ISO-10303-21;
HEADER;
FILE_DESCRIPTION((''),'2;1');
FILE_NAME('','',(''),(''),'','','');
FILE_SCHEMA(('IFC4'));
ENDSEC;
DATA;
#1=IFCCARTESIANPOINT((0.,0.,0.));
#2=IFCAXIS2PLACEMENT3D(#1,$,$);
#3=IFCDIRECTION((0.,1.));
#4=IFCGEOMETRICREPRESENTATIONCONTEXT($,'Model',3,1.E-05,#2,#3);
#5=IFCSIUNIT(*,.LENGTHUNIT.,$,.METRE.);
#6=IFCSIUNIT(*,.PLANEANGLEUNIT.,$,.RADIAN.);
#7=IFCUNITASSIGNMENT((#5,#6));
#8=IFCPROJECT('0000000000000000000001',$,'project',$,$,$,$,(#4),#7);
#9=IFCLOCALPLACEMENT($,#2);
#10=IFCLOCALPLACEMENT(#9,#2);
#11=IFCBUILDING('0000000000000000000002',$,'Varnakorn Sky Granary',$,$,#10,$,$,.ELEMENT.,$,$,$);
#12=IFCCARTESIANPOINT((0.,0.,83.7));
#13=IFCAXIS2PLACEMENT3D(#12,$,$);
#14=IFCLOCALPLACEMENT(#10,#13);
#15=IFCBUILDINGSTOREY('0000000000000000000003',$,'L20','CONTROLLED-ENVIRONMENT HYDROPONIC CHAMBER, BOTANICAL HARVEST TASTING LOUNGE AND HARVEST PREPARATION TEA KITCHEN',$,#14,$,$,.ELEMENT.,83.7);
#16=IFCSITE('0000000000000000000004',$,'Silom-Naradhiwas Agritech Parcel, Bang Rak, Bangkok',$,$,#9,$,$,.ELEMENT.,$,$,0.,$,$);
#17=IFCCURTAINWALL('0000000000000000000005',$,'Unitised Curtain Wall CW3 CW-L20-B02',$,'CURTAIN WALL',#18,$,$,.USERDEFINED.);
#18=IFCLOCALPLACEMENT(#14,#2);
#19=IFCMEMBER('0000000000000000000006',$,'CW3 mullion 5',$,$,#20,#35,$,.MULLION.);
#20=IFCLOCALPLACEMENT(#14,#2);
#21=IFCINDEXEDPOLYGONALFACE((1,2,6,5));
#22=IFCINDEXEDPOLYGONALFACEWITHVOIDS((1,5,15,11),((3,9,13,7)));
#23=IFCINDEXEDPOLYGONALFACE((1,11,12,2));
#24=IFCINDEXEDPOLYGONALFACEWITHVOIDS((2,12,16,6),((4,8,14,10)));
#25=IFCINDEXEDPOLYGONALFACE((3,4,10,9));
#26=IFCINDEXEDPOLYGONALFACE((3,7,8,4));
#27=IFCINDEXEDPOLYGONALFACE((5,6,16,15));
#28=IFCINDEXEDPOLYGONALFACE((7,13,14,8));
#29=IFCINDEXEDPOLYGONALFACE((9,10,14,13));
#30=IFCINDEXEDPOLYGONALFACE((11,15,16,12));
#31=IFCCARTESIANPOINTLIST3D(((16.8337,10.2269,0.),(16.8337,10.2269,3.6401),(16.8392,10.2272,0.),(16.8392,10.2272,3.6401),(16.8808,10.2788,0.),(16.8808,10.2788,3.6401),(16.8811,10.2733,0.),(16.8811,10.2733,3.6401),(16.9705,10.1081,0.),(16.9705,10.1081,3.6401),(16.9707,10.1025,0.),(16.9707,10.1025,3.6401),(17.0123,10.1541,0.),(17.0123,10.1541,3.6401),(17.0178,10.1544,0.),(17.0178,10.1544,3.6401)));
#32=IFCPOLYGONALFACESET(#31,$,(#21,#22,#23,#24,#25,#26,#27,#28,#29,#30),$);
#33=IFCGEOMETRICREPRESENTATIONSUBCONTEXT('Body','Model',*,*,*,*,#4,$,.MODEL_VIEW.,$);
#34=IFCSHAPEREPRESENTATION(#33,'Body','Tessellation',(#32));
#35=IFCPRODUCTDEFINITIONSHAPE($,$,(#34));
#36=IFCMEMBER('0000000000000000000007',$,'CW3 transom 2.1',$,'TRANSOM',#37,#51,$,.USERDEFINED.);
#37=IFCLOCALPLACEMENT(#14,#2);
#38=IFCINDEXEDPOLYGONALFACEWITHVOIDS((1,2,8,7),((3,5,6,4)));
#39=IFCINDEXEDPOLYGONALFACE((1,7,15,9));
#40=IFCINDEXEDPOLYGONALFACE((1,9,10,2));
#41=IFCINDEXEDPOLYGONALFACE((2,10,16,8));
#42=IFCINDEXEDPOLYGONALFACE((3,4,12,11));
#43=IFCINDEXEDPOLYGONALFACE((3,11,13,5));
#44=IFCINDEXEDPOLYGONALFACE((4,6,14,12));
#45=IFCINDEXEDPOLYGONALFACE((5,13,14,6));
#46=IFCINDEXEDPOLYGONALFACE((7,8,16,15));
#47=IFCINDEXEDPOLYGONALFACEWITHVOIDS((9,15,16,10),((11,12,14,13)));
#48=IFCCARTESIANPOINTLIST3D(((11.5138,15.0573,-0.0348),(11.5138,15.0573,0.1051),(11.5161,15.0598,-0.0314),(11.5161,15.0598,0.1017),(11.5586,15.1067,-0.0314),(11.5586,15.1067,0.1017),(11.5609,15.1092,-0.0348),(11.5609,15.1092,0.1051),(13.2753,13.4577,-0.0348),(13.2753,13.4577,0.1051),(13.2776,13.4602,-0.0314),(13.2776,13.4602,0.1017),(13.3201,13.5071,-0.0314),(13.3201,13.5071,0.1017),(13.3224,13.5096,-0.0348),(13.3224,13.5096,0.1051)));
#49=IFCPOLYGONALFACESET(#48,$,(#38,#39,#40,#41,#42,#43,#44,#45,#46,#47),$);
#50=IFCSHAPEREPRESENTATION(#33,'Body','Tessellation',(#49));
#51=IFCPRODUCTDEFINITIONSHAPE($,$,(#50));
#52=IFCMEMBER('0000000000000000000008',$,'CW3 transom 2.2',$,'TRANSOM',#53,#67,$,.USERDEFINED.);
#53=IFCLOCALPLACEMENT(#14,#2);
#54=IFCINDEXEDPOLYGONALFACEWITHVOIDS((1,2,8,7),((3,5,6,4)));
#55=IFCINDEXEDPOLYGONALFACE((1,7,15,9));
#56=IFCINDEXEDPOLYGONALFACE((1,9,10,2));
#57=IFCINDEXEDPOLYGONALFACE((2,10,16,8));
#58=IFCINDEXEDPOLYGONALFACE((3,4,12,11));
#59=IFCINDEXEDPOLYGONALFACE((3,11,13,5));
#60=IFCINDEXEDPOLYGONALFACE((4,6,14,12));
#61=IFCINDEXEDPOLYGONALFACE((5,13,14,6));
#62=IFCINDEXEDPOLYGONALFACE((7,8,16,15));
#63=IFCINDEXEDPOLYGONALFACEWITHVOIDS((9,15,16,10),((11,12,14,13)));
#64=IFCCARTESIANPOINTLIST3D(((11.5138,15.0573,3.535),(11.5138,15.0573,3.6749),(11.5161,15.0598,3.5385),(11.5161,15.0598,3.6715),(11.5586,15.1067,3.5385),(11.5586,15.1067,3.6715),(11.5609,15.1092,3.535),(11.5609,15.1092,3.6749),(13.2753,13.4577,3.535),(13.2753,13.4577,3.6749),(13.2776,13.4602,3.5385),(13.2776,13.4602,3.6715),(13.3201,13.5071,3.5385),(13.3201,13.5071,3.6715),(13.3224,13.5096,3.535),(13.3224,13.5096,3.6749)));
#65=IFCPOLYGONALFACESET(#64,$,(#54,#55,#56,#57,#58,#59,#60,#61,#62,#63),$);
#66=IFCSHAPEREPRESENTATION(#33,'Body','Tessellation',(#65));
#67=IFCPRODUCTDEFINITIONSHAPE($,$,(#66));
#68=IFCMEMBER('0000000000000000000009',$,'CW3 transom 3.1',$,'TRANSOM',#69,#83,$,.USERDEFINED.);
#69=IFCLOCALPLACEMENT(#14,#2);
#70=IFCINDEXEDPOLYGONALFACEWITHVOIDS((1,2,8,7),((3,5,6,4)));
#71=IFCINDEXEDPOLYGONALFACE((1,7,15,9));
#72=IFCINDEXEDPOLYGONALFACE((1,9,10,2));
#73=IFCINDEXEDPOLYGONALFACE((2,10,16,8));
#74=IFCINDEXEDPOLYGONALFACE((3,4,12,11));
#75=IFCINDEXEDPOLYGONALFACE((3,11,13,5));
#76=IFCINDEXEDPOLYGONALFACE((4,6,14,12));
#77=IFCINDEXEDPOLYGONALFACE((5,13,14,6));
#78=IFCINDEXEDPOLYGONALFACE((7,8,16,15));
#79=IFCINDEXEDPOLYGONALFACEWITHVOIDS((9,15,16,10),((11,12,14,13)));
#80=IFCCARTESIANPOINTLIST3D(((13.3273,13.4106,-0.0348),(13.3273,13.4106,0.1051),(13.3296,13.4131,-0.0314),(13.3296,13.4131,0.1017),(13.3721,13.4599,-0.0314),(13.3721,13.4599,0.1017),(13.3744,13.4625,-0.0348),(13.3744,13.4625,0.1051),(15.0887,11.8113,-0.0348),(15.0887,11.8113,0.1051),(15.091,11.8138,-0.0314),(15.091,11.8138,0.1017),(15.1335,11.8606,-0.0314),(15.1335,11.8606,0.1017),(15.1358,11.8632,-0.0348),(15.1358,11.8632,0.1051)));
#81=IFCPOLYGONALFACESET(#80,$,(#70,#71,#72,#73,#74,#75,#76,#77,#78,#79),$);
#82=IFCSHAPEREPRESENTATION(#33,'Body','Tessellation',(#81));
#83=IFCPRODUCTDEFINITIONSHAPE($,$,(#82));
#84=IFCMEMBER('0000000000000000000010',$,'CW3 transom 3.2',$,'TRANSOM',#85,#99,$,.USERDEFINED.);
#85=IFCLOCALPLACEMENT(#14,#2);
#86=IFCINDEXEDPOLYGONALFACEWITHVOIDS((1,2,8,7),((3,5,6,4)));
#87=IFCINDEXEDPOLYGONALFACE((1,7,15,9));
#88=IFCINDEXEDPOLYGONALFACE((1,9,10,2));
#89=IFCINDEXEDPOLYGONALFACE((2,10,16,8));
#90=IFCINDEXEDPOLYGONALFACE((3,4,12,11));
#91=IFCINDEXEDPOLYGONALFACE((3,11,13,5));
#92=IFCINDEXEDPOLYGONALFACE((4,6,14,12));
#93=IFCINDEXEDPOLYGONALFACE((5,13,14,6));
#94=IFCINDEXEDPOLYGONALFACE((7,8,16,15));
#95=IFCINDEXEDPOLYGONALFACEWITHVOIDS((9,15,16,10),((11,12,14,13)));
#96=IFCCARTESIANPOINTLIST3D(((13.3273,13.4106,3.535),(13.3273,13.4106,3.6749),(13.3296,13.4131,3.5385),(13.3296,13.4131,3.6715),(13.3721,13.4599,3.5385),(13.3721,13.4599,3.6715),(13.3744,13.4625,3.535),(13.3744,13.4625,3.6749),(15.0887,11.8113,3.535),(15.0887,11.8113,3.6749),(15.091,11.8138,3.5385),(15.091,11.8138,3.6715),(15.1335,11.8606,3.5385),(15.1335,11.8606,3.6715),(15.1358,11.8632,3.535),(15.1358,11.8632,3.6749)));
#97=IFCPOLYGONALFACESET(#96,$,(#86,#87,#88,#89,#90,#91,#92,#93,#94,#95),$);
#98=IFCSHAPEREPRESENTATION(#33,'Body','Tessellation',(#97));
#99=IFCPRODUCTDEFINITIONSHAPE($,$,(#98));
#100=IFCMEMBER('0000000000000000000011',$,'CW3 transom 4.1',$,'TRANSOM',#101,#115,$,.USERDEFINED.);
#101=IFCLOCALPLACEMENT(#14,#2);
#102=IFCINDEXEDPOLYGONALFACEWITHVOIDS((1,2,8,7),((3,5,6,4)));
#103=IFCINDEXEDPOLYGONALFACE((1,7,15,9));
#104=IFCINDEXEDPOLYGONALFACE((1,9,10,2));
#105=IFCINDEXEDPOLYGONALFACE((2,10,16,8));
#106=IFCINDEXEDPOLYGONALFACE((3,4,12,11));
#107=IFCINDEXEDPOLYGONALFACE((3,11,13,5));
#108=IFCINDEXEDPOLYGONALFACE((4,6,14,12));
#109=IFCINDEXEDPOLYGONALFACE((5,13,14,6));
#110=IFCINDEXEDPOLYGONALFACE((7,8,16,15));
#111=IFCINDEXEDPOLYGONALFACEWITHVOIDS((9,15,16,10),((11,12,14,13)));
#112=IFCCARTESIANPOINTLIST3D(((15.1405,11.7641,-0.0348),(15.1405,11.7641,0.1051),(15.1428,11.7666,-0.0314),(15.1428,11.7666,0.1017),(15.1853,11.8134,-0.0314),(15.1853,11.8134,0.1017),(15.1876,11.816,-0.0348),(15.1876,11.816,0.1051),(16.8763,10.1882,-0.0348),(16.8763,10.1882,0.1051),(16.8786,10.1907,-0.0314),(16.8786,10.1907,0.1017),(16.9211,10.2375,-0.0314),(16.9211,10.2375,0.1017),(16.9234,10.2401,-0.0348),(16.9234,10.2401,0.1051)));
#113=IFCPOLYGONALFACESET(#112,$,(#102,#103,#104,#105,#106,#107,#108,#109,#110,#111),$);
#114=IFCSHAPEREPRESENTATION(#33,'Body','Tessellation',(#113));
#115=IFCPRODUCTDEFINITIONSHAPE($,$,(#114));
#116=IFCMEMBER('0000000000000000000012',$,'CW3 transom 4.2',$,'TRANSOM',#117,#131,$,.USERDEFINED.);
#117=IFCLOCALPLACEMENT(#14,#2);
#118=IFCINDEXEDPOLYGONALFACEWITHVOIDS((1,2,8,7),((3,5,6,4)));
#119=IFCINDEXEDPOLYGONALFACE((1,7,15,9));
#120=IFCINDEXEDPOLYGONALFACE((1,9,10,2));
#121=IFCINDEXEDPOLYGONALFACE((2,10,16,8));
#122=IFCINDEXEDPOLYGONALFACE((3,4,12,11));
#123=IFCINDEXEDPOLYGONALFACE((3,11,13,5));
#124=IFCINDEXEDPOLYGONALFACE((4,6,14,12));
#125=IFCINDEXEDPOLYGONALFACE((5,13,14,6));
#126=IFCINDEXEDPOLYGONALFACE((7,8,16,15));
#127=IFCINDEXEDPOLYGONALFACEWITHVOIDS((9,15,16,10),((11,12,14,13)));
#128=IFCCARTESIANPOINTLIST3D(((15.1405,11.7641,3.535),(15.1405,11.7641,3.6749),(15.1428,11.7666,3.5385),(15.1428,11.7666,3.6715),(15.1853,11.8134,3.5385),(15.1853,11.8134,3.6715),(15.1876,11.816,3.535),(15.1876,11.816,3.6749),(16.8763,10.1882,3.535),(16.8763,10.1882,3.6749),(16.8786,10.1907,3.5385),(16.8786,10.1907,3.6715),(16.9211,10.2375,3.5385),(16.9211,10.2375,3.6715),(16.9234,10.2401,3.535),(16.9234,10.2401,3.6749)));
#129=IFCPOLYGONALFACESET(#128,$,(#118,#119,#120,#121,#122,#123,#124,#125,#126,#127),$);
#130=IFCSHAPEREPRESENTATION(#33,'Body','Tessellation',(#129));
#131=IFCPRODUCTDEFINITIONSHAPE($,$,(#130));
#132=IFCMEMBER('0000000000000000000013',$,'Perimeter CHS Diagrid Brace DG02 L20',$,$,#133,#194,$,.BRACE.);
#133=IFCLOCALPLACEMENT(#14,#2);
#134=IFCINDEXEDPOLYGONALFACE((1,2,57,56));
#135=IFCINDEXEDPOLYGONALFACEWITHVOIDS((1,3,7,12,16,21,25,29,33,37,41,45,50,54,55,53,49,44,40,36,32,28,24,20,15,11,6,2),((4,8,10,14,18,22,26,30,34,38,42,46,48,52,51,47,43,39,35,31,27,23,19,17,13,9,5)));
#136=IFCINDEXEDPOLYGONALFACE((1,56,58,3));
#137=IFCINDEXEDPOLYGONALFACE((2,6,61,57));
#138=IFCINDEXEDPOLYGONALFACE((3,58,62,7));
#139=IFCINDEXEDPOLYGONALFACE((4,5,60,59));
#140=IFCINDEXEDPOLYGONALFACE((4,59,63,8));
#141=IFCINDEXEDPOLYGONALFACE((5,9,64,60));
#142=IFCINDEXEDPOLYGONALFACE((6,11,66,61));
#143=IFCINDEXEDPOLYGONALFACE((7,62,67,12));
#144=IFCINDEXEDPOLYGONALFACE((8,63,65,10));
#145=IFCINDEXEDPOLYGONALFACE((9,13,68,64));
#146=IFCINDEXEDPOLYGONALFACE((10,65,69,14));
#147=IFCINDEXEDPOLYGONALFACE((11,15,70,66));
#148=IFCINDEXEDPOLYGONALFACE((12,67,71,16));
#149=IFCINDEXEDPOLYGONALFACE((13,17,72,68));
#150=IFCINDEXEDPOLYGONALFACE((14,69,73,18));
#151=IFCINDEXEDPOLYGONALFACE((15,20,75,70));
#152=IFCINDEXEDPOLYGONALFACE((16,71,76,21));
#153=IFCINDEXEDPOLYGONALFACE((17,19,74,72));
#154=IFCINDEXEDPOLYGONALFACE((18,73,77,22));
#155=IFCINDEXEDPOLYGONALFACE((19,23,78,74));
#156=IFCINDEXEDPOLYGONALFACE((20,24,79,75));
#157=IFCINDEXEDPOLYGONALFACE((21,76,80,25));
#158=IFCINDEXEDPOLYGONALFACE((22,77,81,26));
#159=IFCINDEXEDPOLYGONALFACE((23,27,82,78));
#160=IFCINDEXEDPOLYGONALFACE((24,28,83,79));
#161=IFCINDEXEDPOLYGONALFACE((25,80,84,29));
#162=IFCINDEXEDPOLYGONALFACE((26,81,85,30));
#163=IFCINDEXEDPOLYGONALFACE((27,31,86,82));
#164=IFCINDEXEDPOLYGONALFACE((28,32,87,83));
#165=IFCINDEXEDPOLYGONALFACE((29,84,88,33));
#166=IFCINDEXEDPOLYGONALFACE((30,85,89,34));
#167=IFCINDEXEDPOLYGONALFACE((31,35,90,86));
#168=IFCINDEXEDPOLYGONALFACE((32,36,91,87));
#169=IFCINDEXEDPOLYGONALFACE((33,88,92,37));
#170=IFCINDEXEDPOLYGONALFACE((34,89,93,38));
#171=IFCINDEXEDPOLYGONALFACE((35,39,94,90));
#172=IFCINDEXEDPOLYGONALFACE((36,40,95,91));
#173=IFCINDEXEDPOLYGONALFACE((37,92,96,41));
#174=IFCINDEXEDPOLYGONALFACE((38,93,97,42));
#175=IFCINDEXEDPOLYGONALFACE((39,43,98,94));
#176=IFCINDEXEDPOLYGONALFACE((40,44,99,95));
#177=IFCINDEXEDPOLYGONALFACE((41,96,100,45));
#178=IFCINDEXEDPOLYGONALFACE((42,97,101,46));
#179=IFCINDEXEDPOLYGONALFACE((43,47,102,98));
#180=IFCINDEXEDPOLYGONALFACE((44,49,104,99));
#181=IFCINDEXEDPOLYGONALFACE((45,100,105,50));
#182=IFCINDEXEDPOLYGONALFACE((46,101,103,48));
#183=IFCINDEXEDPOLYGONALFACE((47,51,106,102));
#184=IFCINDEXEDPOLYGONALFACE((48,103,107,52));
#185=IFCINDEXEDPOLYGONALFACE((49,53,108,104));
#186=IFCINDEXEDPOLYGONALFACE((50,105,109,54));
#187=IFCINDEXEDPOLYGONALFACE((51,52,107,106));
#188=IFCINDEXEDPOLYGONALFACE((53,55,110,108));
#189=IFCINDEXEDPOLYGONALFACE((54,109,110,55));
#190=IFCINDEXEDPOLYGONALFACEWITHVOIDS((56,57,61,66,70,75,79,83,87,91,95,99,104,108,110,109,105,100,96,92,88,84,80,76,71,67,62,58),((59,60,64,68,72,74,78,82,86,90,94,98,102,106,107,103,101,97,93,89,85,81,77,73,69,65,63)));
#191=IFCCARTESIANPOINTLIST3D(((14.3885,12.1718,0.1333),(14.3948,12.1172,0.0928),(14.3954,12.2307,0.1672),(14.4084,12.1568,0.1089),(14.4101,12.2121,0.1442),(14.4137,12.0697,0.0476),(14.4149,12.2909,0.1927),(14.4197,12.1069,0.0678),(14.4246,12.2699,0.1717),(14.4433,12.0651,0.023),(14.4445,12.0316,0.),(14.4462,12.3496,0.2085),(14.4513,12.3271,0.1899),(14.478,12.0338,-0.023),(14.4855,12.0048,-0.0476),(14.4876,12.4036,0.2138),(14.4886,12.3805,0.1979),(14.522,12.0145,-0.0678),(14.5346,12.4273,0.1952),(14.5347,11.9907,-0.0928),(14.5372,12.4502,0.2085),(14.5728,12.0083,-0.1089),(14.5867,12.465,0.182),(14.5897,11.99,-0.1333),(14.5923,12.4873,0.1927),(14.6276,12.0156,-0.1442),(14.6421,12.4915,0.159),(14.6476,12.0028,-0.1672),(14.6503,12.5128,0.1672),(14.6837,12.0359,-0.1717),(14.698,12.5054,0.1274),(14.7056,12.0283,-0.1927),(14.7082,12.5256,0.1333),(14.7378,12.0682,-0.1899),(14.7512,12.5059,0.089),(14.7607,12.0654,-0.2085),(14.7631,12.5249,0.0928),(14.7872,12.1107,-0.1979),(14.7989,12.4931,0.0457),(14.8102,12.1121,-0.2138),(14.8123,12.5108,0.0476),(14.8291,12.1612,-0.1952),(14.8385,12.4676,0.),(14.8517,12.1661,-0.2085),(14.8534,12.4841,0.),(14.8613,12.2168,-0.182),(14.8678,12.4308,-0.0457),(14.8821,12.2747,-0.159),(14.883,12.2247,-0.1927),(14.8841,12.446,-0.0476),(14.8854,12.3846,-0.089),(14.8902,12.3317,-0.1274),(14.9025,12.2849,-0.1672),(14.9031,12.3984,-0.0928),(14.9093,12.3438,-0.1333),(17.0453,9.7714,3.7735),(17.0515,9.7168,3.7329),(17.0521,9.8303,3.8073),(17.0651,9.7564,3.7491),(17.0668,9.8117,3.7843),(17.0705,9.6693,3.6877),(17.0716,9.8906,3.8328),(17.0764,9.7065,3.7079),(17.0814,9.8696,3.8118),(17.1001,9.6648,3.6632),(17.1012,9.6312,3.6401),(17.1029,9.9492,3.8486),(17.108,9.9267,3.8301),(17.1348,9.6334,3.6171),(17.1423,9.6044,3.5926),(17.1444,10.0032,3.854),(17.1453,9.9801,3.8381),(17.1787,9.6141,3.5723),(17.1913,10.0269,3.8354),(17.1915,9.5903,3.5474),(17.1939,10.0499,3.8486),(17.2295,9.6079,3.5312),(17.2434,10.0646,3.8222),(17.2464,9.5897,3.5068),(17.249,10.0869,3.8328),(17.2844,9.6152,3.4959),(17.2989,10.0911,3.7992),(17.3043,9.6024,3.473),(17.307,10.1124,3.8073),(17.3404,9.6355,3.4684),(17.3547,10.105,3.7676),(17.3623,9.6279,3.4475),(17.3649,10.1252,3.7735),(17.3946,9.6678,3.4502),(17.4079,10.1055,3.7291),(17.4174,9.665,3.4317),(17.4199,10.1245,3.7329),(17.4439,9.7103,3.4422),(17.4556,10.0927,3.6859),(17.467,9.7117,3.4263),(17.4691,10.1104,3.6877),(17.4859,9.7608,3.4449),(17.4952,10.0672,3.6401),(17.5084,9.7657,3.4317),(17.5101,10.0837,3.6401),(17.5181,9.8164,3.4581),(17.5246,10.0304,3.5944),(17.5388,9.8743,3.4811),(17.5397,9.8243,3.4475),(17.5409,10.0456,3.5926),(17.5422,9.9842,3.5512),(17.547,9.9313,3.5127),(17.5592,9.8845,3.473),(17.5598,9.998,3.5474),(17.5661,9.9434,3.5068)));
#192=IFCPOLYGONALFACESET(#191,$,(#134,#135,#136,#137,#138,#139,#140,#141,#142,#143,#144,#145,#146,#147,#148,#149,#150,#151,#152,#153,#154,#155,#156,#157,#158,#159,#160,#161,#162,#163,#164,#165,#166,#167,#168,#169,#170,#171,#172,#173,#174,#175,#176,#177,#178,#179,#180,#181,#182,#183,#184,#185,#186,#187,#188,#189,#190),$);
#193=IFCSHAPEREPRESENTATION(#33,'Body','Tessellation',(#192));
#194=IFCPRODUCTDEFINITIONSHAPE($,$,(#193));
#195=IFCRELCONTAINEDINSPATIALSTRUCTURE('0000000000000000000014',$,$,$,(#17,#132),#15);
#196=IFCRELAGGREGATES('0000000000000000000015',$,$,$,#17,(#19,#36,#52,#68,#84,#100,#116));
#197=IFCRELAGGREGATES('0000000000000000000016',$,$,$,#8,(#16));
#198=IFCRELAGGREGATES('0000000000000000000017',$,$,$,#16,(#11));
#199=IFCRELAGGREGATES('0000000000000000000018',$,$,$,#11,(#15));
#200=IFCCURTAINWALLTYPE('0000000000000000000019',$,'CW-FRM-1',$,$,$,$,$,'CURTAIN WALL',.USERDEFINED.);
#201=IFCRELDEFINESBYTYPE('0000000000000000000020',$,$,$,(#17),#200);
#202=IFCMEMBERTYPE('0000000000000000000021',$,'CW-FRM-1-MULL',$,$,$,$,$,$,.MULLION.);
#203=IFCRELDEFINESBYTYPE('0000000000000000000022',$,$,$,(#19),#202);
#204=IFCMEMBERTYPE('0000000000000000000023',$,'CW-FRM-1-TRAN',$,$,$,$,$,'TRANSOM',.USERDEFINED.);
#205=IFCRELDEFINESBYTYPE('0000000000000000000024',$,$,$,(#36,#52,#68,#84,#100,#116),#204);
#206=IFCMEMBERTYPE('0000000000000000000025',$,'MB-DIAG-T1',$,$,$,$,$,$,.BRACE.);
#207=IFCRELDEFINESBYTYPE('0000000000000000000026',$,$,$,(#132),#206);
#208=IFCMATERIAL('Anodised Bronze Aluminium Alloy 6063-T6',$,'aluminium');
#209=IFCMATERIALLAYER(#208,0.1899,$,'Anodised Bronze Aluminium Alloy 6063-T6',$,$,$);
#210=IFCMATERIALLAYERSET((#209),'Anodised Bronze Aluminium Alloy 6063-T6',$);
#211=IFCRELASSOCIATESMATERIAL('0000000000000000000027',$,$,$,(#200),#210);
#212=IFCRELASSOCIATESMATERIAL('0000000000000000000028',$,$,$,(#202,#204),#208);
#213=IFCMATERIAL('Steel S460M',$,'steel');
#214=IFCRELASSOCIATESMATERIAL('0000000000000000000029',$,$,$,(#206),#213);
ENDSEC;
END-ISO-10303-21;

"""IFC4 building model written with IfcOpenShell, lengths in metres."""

from ifc_helpers import new_model, si_unit, direction, frame, origin, origin_2d, place, context, subcontext, project, spatial, hollow_rectangle, hollow_circle, extrude, material, layer, layer_set, material_profile, profile_set, type_object, element, aggregate, save


model = new_model("IFC4")

# Units and contexts
model_context = context("Model", 3, precision=1e-05, world=origin(), true_north=direction((0.0, 1.0)))
body_context = subcontext(model_context, "Body", "Model", "MODEL_VIEW")
ifc_project = project(units=[si_unit("LENGTHUNIT", "METRE"), si_unit("PLANEANGLEUNIT", "RADIAN")], contexts=[model_context])

# Site, building, storey
site_placement = place(None, origin())
site = spatial("IfcSite", under=ifc_project, at=site_placement, Name="Silom-Naradhiwas Agritech Parcel, Bang Rak, Bangkok", CompositionType="ELEMENT", RefElevation=0.0)
building_placement = place(site_placement, origin())
building = spatial("IfcBuilding", under=site, at=building_placement, Name="Varnakorn Sky Granary", CompositionType="ELEMENT")
storey_placement = place(building_placement, frame((0.0, 0.0, 83.7)))
storey = spatial("IfcBuildingStorey", under=building, at=storey_placement, Name="L20", Description="CONTROLLED-ENVIRONMENT HYDROPONIC CHAMBER, BOTANICAL HARVEST TASTING LOUNGE AND HARVEST PREPARATION TEA KITCHEN", CompositionType="ELEMENT", Elevation=83.7)

# Shared definitions
ifc_material_1 = material(Name="Steel S460M", Category="steel")

# Curtain wall, members
ifc_material_2 = material(Name="Anodised Bronze Aluminium Alloy 6063-T6", Category="aluminium")
ifc_layer_1 = layer(ifc_material_2, 0.1899, Name="Anodised Bronze Aluminium Alloy 6063-T6")
ifc_layer_set_1 = layer_set([ifc_layer_1], Name="Anodised Bronze Aluminium Alloy 6063-T6")
curtain_wall_type = type_object("IfcCurtainWallType", Name="CW-FRM-1", ElementType="CURTAIN WALL", PredefinedType="USERDEFINED", material=ifc_layer_set_1)
curtain_wall_placement = place(storey_placement, origin())
curtain_wall = element("IfcCurtainWall", 1, at=curtain_wall_placement, inside=storey, type_object=curtain_wall_type, Name="Unitised Curtain Wall CW3 CW-L20-B02", ObjectType="CURTAIN WALL", PredefinedType="USERDEFINED")
ifc_material_profile_1 = material_profile(ifc_material_2, hollow_rectangle(XDim=0.0701, YDim=0.1851, WallThickness=0.0039, at=origin_2d()), Name="ALU MULL 70x185")
ifc_profile_set_1 = profile_set([ifc_material_profile_1], Name="Anodised Bronze Aluminium Alloy 6063-T6")
member_type_1 = type_object("IfcMemberType", Name="CW-FRM-1-MULL", PredefinedType="MULLION", material=ifc_profile_set_1)
member_1_placement = place(storey_placement, frame((16.9258, 10.1907, 0.0), z_axis=(0.0, 0.0, 1.0), x_axis=(0.672211, 0.74036, 0.0)))
member_1 = element("IfcMember", 2, at=member_1_placement, type_object=member_type_1, Name="CW3 mullion 5", PredefinedType="MULLION", context=body_context, shape_type="SweptSolid", body=[
    extrude(hollow_rectangle(XDim=0.0701, YDim=0.1851, WallThickness=0.0039, at=origin_2d()), origin(), (0.0, 0.0, 1.0), 3.6401),
])
ifc_material_profile_2 = material_profile(ifc_material_2, hollow_rectangle(XDim=0.0701, YDim=0.1399, WallThickness=0.0034, at=origin_2d()), Name="ALU TRAN 70x140")
ifc_profile_set_2 = profile_set([ifc_material_profile_2], Name="Anodised Bronze Aluminium Alloy 6063-T6")
member_type_2 = type_object("IfcMemberType", Name="CW-FRM-1-TRAN", ElementType="TRANSOM", PredefinedType="USERDEFINED", material=ifc_profile_set_2)
member_2_placement = place(storey_placement, frame((11.5374, 15.0833, 0.0352), z_axis=(0.740302, -0.672274, 0.0), x_axis=(0.672274, 0.740302, 0.0)))
member_2 = element("IfcMember", 3, at=member_2_placement, type_object=member_type_2, Name="CW3 transom 2.1", ObjectType="TRANSOM", PredefinedType="USERDEFINED", context=body_context, shape_type="SweptSolid", body=[
    extrude(hollow_rectangle(XDim=0.0701, YDim=0.1399, WallThickness=0.0034, at=origin_2d()), origin(), (0.0, 0.0, 1.0), 2.3794),
])
member_3_placement = place(storey_placement, frame((11.5374, 15.0833, 3.605), z_axis=(0.740302, -0.672274, 0.0), x_axis=(0.672274, 0.740302, 0.0)))
member_3 = element("IfcMember", 4, at=member_3_placement, type_object=member_type_2, Name="CW3 transom 2.2", ObjectType="TRANSOM", PredefinedType="USERDEFINED", context=body_context, shape_type="SweptSolid", body=[
    extrude(hollow_rectangle(XDim=0.0701, YDim=0.1399, WallThickness=0.0034, at=origin_2d()), origin(), (0.0, 0.0, 1.0), 2.3794),
])
member_4_placement = place(storey_placement, frame((13.3508, 13.4365, 0.0352), z_axis=(0.740353, -0.672218, 0.0), x_axis=(0.672218, 0.740353, 0.0)))
member_4 = element("IfcMember", 5, at=member_4_placement, type_object=member_type_2, Name="CW3 transom 3.1", ObjectType="TRANSOM", PredefinedType="USERDEFINED", context=body_context, shape_type="SweptSolid", body=[
    extrude(hollow_rectangle(XDim=0.0701, YDim=0.1399, WallThickness=0.0034, at=origin_2d()), origin(), (0.0, 0.0, 1.0), 2.3792),
])
member_5_placement = place(storey_placement, frame((13.3508, 13.4365, 3.605), z_axis=(0.740353, -0.672218, 0.0), x_axis=(0.672218, 0.740353, 0.0)))
member_5 = element("IfcMember", 6, at=member_5_placement, type_object=member_type_2, Name="CW3 transom 3.2", ObjectType="TRANSOM", PredefinedType="USERDEFINED", context=body_context, shape_type="SweptSolid", body=[
    extrude(hollow_rectangle(XDim=0.0701, YDim=0.1399, WallThickness=0.0034, at=origin_2d()), origin(), (0.0, 0.0, 1.0), 2.3792),
])
member_6_placement = place(storey_placement, frame((15.1641, 11.79, 0.0352), z_axis=(0.740388, -0.67218, 0.0), x_axis=(0.67218, 0.740388, 0.0)))
member_6 = element("IfcMember", 7, at=member_6_placement, type_object=member_type_2, Name="CW3 transom 4.1", ObjectType="TRANSOM", PredefinedType="USERDEFINED", context=body_context, shape_type="SweptSolid", body=[
    extrude(hollow_rectangle(XDim=0.0701, YDim=0.1399, WallThickness=0.0034, at=origin_2d()), origin(), (0.0, 0.0, 1.0), 2.3445),
])
member_7_placement = place(storey_placement, frame((15.1641, 11.79, 3.605), z_axis=(0.740388, -0.67218, 0.0), x_axis=(0.67218, 0.740388, 0.0)))
member_7 = element("IfcMember", 8, at=member_7_placement, type_object=member_type_2, Name="CW3 transom 4.2", ObjectType="TRANSOM", PredefinedType="USERDEFINED", context=body_context, shape_type="SweptSolid", body=[
    extrude(hollow_rectangle(XDim=0.0701, YDim=0.1399, WallThickness=0.0034, at=origin_2d()), origin(), (0.0, 0.0, 1.0), 2.3445),
])

# Member
ifc_material_profile_3 = material_profile(ifc_material_1, hollow_circle(Radius=0.3049, WallThickness=0.0222, at=origin_2d()), Name="CHS 610x22")
ifc_profile_set_3 = profile_set([ifc_material_profile_3], Name="Steel S460M")
member_type_3 = type_object("IfcMemberType", Name="MB-DIAG-T1", PredefinedType="BRACE", material=ifc_profile_set_3)
member_8_placement = place(storey_placement, frame((14.6489, 12.2578, 0.0), z_axis=(0.520322, -0.470116, 0.712921), x_axis=(0.670403, 0.741998, 0.0)))
element("IfcMember", 9, at=member_8_placement, inside=storey, type_object=member_type_3, Name="Perimeter CHS Diagrid Brace DG02 L20", PredefinedType="BRACE", context=body_context, shape_type="SweptSolid", body=[
    extrude(hollow_circle(Radius=0.3049, WallThickness=0.0222, at=origin_2d()), origin(), (0.0, 0.0, 1.0), 5.106),
])

aggregate(curtain_wall, [member_1, member_2, member_3, member_4, member_5, member_6, member_7])

save(model, "model.ifc")
